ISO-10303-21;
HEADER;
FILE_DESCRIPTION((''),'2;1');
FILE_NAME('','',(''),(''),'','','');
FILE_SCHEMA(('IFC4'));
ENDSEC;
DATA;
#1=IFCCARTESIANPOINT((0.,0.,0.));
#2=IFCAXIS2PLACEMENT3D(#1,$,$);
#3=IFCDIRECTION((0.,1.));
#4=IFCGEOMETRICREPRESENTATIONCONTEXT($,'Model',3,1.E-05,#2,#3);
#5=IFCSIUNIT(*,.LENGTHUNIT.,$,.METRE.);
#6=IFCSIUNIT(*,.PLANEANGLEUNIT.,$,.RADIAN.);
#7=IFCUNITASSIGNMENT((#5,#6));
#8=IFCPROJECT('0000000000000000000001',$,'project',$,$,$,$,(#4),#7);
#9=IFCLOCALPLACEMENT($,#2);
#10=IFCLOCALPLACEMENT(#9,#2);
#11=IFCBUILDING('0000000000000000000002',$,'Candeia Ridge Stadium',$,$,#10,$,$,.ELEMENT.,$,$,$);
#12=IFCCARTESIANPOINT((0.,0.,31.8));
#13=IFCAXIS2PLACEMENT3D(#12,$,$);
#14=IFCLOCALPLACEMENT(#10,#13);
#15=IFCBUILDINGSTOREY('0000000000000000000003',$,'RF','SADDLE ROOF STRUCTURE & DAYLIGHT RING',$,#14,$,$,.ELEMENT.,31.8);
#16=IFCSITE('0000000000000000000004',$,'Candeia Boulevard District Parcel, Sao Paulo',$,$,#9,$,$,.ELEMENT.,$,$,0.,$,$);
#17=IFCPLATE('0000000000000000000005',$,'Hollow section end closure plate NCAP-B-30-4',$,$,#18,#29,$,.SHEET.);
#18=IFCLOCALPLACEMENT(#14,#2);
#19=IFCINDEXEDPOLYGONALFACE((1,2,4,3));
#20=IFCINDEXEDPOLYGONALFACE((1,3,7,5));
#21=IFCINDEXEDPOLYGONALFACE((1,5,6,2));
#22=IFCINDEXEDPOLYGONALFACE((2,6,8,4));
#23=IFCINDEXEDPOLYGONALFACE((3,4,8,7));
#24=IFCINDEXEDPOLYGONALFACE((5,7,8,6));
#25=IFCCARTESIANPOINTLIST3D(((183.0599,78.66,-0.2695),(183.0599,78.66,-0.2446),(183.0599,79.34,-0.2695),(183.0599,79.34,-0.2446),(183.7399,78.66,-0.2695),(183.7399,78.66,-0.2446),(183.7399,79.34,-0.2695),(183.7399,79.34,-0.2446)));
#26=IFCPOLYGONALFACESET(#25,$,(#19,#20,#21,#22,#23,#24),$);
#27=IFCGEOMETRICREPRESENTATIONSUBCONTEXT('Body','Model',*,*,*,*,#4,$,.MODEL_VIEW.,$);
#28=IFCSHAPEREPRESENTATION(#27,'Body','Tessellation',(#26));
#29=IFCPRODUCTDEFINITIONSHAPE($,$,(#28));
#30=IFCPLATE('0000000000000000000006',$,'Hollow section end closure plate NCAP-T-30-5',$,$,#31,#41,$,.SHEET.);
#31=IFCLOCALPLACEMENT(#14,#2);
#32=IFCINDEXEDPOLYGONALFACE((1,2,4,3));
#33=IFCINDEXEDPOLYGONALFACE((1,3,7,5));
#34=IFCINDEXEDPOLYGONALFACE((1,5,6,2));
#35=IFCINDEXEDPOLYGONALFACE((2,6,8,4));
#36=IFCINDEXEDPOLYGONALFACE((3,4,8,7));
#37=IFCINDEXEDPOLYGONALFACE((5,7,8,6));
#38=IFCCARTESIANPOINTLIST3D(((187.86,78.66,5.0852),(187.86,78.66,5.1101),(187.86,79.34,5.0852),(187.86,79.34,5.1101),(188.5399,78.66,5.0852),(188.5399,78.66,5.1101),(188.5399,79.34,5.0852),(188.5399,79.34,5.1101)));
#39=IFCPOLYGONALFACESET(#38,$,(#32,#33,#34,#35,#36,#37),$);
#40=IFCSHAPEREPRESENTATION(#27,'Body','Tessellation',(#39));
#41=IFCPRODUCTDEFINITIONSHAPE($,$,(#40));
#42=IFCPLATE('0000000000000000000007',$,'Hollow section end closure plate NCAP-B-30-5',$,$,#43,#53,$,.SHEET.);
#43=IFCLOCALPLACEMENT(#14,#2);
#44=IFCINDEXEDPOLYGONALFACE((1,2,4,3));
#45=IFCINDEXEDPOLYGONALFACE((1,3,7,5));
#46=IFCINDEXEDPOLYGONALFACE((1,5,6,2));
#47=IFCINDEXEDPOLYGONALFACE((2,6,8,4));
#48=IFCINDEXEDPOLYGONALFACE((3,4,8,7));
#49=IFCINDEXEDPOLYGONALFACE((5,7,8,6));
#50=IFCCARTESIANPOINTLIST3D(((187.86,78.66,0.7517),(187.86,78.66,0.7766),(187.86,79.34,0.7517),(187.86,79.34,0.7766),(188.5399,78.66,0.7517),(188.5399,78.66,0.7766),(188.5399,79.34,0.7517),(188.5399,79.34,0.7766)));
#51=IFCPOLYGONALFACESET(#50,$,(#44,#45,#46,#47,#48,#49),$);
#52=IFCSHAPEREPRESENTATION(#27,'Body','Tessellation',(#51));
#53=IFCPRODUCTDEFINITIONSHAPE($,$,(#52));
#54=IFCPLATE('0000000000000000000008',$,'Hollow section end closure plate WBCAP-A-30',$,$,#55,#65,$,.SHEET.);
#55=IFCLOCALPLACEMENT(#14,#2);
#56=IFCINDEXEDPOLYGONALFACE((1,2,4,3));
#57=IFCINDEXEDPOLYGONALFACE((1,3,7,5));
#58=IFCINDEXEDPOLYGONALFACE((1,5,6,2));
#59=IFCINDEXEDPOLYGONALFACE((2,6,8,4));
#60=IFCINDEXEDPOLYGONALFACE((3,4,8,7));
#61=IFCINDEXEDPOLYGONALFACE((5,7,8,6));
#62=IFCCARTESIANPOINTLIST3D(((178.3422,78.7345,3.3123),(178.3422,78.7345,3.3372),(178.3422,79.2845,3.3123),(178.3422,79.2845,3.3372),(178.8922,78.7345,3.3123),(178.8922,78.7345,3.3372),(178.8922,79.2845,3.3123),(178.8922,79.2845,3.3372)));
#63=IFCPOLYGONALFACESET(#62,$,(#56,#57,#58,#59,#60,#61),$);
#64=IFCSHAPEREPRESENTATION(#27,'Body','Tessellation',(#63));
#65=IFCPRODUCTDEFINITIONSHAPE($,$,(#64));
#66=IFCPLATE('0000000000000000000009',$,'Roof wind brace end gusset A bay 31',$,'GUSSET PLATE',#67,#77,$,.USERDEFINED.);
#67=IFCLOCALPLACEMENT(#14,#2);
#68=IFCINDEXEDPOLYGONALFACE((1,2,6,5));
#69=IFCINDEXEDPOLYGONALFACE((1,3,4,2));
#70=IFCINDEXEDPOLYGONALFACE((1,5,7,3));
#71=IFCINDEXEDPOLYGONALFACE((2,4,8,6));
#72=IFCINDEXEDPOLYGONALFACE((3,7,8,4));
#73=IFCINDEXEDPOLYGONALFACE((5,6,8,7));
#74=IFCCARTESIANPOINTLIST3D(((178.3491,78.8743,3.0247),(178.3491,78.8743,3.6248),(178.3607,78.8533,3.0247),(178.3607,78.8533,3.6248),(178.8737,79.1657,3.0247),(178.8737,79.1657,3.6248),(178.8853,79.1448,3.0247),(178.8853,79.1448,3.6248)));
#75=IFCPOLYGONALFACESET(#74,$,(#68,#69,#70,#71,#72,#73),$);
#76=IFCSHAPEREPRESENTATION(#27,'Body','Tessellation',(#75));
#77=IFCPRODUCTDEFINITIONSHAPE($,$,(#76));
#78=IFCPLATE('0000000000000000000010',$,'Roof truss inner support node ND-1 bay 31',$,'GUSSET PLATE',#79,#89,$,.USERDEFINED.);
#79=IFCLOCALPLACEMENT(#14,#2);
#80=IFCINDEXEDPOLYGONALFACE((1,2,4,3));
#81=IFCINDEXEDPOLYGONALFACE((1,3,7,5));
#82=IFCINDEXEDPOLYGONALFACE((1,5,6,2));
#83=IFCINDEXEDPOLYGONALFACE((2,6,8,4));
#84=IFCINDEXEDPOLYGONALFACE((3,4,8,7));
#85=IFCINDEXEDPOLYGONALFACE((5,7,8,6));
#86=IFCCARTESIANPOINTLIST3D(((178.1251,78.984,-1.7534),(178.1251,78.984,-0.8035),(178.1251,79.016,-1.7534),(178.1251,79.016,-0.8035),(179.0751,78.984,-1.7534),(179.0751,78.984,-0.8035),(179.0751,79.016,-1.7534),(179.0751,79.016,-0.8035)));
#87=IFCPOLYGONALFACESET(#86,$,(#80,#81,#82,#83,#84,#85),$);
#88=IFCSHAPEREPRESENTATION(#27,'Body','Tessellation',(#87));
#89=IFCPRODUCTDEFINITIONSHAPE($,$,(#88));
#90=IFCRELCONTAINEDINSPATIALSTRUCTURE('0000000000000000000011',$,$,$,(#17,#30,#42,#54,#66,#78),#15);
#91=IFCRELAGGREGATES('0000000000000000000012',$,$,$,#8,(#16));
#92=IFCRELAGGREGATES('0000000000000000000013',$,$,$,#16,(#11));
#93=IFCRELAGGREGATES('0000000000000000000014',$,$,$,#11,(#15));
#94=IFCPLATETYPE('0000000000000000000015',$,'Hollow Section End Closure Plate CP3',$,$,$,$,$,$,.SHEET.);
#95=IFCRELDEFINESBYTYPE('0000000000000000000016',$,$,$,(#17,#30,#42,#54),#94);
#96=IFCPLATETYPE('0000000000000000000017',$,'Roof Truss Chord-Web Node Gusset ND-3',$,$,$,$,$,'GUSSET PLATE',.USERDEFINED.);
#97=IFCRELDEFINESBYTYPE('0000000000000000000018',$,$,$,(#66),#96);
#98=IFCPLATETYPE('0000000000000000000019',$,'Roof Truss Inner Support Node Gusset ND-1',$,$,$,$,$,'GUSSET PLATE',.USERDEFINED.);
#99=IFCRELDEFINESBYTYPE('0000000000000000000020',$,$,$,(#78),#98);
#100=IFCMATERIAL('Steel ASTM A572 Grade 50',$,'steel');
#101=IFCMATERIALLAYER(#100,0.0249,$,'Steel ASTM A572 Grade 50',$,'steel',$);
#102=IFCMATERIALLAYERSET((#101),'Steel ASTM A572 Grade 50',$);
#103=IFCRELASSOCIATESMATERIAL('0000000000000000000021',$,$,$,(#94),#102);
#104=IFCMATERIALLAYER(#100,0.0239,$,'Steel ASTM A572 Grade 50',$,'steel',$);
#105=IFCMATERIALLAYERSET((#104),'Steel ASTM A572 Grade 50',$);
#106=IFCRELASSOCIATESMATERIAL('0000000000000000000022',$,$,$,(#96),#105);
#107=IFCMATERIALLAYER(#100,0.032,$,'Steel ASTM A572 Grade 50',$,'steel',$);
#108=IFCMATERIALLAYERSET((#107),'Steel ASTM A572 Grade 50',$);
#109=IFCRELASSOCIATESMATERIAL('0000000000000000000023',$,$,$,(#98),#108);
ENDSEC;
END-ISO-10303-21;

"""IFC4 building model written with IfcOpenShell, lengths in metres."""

from ifc_helpers import new_model, si_unit, direction, frame, origin, origin_2d, place, context, subcontext, project, spatial, rectangle, extrude, material, layer, layer_set, type_object, element, save


model = new_model("IFC4")

# Units and contexts
model_context = context("Model", 3, precision=1e-05, world=origin(), true_north=direction((0.0, 1.0)))
body_context = subcontext(model_context, "Body", "Model", "MODEL_VIEW")
ifc_project = project(units=[si_unit("LENGTHUNIT", "METRE"), si_unit("PLANEANGLEUNIT", "RADIAN")], contexts=[model_context])

# Site, building, storey
site_placement = place(None, origin())
site = spatial("IfcSite", under=ifc_project, at=site_placement, Name="Candeia Boulevard District Parcel, Sao Paulo", CompositionType="ELEMENT", RefElevation=0.0)
building_placement = place(site_placement, origin())
building = spatial("IfcBuilding", under=site, at=building_placement, Name="Candeia Ridge Stadium", CompositionType="ELEMENT")
storey_placement = place(building_placement, frame((0.0, 0.0, 31.8)))
storey = spatial("IfcBuildingStorey", under=building, at=storey_placement, Name="RF", Description="SADDLE ROOF STRUCTURE & DAYLIGHT RING", CompositionType="ELEMENT", Elevation=31.8)

# Shared definitions
ifc_material_1 = material(Name="Steel ASTM A572 Grade 50", Category="steel")

# Plates
ifc_layer_1 = layer(ifc_material_1, 0.0249, Name="Steel ASTM A572 Grade 50", Category="steel")
ifc_layer_set_1 = layer_set([ifc_layer_1], Name="Steel ASTM A572 Grade 50")
plate_type_1 = type_object("IfcPlateType", Name="Hollow Section End Closure Plate CP3", PredefinedType="SHEET", material=ifc_layer_set_1)
for number, where, z_axis, x_axis, name in (
    (1, (183.3999, 79.0, -0.2695), (0.0, 0.0, 1.0), (1.0, 0.0, 0.0), "Hollow section end closure plate NCAP-B-30-4"),
    (2, (188.2, 79.0, 5.0852), (0.0, 0.0, 1.0), (1.0, 0.0, 0.0), "Hollow section end closure plate NCAP-T-30-5"),
    (3, (188.2, 79.0, 0.7517), (0.0, 0.0, 1.0), (1.0, 0.0, 0.0), "Hollow section end closure plate NCAP-B-30-5"),
):
    element("IfcPlate", number, at=place(storey_placement, frame(where, z_axis=z_axis, x_axis=x_axis)), inside=storey, type_object=plate_type_1, Name=name, PredefinedType="SHEET", context=body_context, shape_type="SweptSolid", body=[
        extrude(rectangle(XDim=0.6799, YDim=0.6799, at=origin_2d()), origin(), (0.0, 0.0, 1.0), 0.0249),
    ])
plate_1_placement = place(storey_placement, frame((178.6172, 79.0095, 3.3123), z_axis=(0.0, 0.0, 1.0), x_axis=(1.0, 0.0, 0.0)))
element("IfcPlate", 4, at=plate_1_placement, inside=storey, type_object=plate_type_1, Name="Hollow section end closure plate WBCAP-A-30", PredefinedType="SHEET", context=body_context, shape_type="SweptSolid", body=[
    extrude(rectangle(XDim=0.55, YDim=0.55, at=origin_2d()), origin(), (0.0, 0.0, 1.0), 0.0249),
])
ifc_layer_2 = layer(ifc_material_1, 0.0239, Name="Steel ASTM A572 Grade 50", Category="steel")
ifc_layer_set_2 = layer_set([ifc_layer_2], Name="Steel ASTM A572 Grade 50")
plate_type_2 = type_object("IfcPlateType", Name="Roof Truss Chord-Web Node Gusset ND-3", ElementType="GUSSET PLATE", PredefinedType="USERDEFINED", material=ifc_layer_set_2)
plate_2_placement = place(storey_placement, frame((178.6172, 79.0095, 3.0247), z_axis=(0.0, 0.0, 1.0), x_axis=(0.874157, 0.485643, 0.0)))
element("IfcPlate", 5, at=plate_2_placement, inside=storey, type_object=plate_type_2, Name="Roof wind brace end gusset A bay 31", ObjectType="GUSSET PLATE", PredefinedType="USERDEFINED", context=body_context, shape_type="SweptSolid", body=[
    extrude(rectangle(XDim=0.6001, YDim=0.0239, at=origin_2d()), origin(), (0.0, 0.0, 1.0), 0.6001),
])
ifc_layer_3 = layer(ifc_material_1, 0.032, Name="Steel ASTM A572 Grade 50", Category="steel")
ifc_layer_set_3 = layer_set([ifc_layer_3], Name="Steel ASTM A572 Grade 50")
plate_type_3 = type_object("IfcPlateType", Name="Roof Truss Inner Support Node Gusset ND-1", ElementType="GUSSET PLATE", PredefinedType="USERDEFINED", material=ifc_layer_set_3)
plate_3_placement = place(storey_placement, frame((178.6001, 79.0, -1.7534), z_axis=(0.0, 0.0, 1.0), x_axis=(1.0, 0.0, 0.0)))
element("IfcPlate", 6, at=plate_3_placement, inside=storey, type_object=plate_type_3, Name="Roof truss inner support node ND-1 bay 31", ObjectType="GUSSET PLATE", PredefinedType="USERDEFINED", context=body_context, shape_type="SweptSolid", body=[
    extrude(rectangle(XDim=0.95, YDim=0.032, at=origin_2d()), origin(), (0.0, 0.0, 1.0), 0.95),
])

save(model, "model.ifc")
